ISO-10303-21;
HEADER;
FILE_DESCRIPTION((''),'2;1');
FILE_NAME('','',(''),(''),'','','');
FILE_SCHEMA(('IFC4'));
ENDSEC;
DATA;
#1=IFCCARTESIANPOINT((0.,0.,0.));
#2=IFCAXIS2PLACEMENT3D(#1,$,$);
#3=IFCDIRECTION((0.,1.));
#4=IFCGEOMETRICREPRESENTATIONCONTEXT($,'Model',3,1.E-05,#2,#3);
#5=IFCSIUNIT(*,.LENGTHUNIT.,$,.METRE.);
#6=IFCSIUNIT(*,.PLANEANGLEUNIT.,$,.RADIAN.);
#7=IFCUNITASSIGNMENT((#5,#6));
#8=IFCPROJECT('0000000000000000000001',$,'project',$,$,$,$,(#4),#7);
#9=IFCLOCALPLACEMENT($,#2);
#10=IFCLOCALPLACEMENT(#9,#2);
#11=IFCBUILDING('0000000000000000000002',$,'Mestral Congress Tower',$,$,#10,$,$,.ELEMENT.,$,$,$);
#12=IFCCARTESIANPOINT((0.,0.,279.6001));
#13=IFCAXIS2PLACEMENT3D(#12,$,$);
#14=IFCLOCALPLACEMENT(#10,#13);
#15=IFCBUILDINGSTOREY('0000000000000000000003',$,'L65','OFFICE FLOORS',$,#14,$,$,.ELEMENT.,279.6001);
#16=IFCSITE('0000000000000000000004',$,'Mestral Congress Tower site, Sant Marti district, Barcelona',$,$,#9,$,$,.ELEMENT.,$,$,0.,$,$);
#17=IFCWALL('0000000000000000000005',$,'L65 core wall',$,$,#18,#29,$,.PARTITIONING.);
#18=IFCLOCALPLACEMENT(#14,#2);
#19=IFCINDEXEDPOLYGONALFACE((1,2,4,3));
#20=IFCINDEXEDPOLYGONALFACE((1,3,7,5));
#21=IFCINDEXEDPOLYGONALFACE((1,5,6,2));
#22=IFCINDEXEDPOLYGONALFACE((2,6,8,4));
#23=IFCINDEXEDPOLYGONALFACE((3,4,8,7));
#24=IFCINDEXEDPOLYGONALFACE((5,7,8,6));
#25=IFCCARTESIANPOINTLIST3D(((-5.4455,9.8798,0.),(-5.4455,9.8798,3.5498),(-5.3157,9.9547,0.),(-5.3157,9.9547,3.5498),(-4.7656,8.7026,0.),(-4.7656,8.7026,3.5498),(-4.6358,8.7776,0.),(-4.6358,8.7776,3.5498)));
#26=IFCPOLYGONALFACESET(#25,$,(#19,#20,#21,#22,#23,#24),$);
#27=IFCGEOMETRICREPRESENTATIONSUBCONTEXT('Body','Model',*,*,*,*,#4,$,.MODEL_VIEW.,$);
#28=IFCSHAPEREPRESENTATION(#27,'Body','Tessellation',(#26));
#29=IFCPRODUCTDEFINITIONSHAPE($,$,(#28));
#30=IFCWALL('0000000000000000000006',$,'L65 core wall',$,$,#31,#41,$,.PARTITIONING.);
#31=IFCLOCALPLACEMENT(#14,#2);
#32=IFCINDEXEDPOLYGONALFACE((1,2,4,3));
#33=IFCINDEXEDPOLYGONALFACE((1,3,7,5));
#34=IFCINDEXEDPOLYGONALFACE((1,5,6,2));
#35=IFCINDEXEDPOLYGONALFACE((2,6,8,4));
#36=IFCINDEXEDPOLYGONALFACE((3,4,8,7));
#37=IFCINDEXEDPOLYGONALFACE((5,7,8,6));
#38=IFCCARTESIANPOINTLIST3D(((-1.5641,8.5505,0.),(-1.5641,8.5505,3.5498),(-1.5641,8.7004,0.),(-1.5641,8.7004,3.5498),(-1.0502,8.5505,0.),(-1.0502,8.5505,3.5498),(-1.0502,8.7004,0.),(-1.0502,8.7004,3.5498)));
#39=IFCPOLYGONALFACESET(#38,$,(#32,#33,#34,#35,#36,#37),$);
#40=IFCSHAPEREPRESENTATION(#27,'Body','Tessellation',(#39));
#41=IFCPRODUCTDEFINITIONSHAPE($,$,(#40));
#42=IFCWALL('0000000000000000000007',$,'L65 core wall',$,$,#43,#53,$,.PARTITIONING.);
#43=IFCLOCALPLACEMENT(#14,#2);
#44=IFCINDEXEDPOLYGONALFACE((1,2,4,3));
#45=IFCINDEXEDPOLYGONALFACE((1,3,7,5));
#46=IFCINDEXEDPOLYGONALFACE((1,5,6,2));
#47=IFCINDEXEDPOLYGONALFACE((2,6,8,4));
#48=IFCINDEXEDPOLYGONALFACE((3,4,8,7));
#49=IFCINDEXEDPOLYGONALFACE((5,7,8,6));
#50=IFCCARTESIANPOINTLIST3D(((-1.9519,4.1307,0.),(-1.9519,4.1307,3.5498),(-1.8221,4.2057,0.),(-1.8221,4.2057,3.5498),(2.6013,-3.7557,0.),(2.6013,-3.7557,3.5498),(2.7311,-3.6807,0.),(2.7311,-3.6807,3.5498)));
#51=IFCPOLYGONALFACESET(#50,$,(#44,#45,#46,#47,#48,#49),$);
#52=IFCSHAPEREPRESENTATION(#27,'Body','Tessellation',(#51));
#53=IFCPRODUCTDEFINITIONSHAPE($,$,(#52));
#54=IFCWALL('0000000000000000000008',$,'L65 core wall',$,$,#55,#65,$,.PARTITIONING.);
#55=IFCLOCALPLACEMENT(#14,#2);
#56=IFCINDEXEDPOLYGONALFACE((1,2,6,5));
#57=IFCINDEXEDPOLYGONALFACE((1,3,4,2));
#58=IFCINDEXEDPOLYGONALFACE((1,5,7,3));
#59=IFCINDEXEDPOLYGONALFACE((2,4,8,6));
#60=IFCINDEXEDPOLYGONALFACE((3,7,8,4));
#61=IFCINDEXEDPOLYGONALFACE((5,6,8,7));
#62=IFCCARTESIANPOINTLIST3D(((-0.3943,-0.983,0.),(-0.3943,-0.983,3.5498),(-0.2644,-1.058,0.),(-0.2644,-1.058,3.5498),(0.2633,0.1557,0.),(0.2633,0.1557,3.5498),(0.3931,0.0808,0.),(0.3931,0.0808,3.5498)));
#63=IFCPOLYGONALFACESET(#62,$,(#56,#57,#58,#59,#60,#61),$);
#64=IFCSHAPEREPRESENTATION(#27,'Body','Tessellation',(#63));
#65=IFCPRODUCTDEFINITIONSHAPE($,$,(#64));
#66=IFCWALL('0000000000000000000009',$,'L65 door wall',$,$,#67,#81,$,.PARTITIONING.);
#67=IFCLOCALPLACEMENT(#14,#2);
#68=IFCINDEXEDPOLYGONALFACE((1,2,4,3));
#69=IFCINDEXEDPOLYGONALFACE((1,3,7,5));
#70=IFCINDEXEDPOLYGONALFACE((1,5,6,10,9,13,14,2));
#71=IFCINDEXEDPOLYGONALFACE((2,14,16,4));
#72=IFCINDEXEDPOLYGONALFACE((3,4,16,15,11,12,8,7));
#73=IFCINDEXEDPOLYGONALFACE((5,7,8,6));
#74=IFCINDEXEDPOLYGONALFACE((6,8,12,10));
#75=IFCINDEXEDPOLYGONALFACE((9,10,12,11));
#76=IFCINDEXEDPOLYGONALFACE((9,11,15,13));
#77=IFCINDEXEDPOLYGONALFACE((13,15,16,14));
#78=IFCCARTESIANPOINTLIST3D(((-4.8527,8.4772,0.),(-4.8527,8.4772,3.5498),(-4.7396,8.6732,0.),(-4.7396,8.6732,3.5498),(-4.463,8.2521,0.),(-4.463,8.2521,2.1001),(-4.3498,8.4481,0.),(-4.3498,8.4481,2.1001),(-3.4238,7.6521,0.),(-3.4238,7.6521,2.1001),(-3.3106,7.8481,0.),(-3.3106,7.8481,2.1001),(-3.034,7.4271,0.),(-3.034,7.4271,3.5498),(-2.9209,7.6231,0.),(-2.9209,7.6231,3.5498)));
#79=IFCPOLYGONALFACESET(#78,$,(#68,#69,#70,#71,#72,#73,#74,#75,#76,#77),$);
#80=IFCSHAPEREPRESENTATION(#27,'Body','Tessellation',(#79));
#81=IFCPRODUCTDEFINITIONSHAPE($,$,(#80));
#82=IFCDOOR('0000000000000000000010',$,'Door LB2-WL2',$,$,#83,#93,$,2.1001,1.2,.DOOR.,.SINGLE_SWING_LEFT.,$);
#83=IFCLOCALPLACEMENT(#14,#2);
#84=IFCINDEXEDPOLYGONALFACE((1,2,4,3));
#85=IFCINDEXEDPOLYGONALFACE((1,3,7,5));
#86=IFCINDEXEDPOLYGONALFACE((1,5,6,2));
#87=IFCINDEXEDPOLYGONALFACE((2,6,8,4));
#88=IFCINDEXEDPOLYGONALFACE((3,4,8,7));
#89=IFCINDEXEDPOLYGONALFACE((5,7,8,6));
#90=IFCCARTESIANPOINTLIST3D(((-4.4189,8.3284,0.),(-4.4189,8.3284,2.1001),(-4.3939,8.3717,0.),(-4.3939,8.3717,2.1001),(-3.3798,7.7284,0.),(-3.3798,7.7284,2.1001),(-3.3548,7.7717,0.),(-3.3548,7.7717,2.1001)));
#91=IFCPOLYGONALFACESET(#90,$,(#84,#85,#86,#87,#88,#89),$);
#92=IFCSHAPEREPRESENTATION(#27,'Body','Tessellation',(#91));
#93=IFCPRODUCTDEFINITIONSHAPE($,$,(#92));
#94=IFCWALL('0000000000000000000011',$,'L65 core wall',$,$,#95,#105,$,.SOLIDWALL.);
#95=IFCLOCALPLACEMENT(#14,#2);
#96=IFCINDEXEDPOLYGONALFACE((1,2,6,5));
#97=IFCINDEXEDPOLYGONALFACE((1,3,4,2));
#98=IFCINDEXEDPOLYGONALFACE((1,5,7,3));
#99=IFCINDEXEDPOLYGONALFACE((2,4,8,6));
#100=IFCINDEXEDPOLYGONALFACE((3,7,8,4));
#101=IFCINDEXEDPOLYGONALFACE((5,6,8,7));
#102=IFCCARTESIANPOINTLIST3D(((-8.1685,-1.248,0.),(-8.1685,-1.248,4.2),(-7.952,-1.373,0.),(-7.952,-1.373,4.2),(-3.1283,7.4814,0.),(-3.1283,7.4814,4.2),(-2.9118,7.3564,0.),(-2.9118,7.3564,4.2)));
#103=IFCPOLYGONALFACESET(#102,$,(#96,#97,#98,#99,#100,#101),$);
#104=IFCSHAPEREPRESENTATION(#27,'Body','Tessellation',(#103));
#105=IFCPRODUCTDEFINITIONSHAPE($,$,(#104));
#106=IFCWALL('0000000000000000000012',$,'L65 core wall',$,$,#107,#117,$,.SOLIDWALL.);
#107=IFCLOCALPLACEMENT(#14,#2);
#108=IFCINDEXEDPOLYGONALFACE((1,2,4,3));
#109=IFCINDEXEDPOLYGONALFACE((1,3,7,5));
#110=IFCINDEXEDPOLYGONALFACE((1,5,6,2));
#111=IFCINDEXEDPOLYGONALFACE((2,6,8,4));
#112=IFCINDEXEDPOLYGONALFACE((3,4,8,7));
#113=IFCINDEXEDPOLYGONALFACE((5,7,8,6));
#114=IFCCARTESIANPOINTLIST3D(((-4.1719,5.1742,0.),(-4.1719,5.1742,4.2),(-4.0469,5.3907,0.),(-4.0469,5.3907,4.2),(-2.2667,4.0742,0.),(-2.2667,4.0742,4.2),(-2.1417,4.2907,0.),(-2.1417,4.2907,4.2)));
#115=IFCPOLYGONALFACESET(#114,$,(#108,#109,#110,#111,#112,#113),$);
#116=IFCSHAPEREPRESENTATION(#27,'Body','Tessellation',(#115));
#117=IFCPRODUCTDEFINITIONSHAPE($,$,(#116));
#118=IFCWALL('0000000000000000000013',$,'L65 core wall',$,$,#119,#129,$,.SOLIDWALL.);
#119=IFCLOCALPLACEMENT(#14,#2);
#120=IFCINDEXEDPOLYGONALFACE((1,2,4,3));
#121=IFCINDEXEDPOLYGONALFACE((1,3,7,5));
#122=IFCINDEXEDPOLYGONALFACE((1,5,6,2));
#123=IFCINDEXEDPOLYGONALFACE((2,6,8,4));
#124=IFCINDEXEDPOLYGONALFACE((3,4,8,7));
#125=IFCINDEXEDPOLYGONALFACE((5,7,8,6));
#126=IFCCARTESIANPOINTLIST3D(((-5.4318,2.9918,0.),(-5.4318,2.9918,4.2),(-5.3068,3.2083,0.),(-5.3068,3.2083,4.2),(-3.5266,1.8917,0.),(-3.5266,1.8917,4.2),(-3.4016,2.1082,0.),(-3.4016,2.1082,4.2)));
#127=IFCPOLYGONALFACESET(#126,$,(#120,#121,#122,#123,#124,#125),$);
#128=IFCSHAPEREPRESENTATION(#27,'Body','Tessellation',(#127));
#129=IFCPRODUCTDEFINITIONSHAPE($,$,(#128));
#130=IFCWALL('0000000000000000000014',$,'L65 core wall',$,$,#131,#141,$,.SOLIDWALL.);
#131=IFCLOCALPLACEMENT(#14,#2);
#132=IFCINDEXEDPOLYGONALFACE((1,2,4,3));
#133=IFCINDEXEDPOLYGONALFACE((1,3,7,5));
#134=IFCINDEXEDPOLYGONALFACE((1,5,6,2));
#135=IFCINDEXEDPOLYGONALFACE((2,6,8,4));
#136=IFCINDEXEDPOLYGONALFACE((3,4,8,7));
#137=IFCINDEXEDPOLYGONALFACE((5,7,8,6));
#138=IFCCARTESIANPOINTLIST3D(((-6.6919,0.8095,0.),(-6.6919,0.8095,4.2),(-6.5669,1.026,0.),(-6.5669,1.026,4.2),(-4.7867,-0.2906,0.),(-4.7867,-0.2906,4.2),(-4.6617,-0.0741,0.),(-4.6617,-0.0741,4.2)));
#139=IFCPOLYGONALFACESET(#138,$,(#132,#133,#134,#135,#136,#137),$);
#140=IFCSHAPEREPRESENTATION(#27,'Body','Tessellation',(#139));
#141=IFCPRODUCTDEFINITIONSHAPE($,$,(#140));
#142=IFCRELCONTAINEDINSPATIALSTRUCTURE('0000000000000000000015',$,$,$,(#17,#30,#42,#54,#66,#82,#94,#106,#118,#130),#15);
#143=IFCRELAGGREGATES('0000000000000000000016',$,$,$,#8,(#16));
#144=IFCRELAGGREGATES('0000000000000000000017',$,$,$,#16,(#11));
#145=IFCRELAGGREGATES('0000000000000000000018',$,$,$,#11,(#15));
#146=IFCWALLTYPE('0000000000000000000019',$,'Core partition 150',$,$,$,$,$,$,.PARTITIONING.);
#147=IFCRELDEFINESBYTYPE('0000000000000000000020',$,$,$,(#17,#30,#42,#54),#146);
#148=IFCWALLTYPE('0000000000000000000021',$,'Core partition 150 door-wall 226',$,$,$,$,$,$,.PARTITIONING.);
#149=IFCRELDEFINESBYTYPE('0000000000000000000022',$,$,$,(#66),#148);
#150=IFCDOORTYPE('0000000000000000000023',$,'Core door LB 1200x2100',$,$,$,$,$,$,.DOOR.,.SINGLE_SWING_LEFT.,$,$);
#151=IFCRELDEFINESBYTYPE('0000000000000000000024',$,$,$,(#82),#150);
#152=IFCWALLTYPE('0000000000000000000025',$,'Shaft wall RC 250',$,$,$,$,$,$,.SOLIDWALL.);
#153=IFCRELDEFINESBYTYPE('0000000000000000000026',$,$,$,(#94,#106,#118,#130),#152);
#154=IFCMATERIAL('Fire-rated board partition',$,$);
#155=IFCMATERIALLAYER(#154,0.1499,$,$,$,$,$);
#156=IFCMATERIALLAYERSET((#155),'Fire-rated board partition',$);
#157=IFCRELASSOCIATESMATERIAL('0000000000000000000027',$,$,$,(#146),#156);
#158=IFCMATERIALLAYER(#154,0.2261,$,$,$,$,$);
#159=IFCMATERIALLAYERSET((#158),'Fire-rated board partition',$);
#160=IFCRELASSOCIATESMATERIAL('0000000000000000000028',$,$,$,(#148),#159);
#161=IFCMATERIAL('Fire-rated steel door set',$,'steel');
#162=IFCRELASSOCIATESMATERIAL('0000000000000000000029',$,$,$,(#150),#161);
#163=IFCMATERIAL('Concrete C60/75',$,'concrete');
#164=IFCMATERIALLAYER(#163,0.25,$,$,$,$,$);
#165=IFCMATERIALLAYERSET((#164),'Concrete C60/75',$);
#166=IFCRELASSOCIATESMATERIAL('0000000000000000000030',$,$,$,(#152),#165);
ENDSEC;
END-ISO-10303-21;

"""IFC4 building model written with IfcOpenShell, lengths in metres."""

from ifc_helpers import new_model, si_unit, direction, frame, frame_2d, origin, place, context, subcontext, project, spatial, rectangle, extrude, material, layer, layer_set, type_object, element, fill, save


model = new_model("IFC4")

# Units and contexts
model_context = context("Model", 3, precision=1e-05, world=origin(), true_north=direction((0.0, 1.0)))
body_context = subcontext(model_context, "Body", "Model", "MODEL_VIEW")
ifc_project = project(units=[si_unit("LENGTHUNIT", "METRE"), si_unit("PLANEANGLEUNIT", "RADIAN")], contexts=[model_context])

# Site, building, storey
site_placement = place(None, origin())
site = spatial("IfcSite", under=ifc_project, at=site_placement, Name="Mestral Congress Tower site, Sant Marti district, Barcelona", CompositionType="ELEMENT", RefElevation=0.0)
building_placement = place(site_placement, origin())
building = spatial("IfcBuilding", under=site, at=building_placement, Name="Mestral Congress Tower", CompositionType="ELEMENT")
storey_placement = place(building_placement, frame((0.0, 0.0, 279.6001)))
storey = spatial("IfcBuildingStorey", under=building, at=storey_placement, Name="L65", Description="OFFICE FLOORS", CompositionType="ELEMENT", Elevation=279.6001)

# Shared definitions
ifc_material_1 = material(Name="Concrete C60/75", Category="concrete")

# Walls
ifc_material_2 = material(Name="Fire-rated board partition")
ifc_layer_1 = layer(ifc_material_2, 0.1499)
ifc_layer_set_1 = layer_set([ifc_layer_1], Name="Fire-rated board partition")
wall_type_1 = type_object("IfcWallType", Name="Core partition 150", PredefinedType="PARTITIONING", material=ifc_layer_set_1)
wall_1_placement = place(storey_placement, frame((-5.3806, 9.9172, 0.0), z_axis=(0.0, 0.0, 1.0), x_axis=(0.500137, -0.865946, 0.0)))
element("IfcWall", 1, at=wall_1_placement, inside=storey, type_object=wall_type_1, Name="L65 core wall", PredefinedType="PARTITIONING", context=body_context, shape_type="SweptSolid", body=[
    extrude(rectangle(XDim=1.3594, YDim=0.1499, at=frame_2d((0.6797, 0.0))), origin(), (0.0, 0.0, 1.0), 3.5498),
])
wall_2_placement = place(storey_placement, frame((-1.564, 8.6255, 0.0), z_axis=(0.0, 0.0, 1.0), x_axis=(1.0, 0.0, 0.0)))
element("IfcWall", 2, at=wall_2_placement, inside=storey, type_object=wall_type_1, Name="L65 core wall", PredefinedType="PARTITIONING", context=body_context, shape_type="SweptSolid", body=[
    extrude(rectangle(XDim=0.5139, YDim=0.1499, at=frame_2d((0.2568, 0.0))), origin(), (0.0, 0.0, 1.0), 3.5498),
])
wall_3_placement = place(storey_placement, frame((-1.887, 4.1682, 0.0), z_axis=(0.0, 0.0, 1.0), x_axis=(0.499997, -0.866027, 0.0)))
element("IfcWall", 3, at=wall_3_placement, inside=storey, type_object=wall_type_1, Name="L65 core wall", PredefinedType="PARTITIONING", context=body_context, shape_type="SweptSolid", body=[
    extrude(rectangle(XDim=9.1064, YDim=0.1499, at=frame_2d((4.5532, 0.0))), origin(), (0.0, 0.0, 1.0), 3.5498),
])
wall_4_placement = place(storey_placement, frame((-0.3293, -1.0205, 0.0), z_axis=(0.0, 0.0, 1.0), x_axis=(0.500033, 0.866006, 0.0)))
element("IfcWall", 4, at=wall_4_placement, inside=storey, type_object=wall_type_1, Name="L65 core wall", PredefinedType="PARTITIONING", context=body_context, shape_type="SweptSolid", body=[
    extrude(rectangle(XDim=1.3149, YDim=0.1499, at=frame_2d((0.6575, 0.0))), origin(), (0.0, 0.0, 1.0), 3.5498),
])

# Wall, opening, door
ifc_layer_2 = layer(ifc_material_2, 0.2261)
ifc_layer_set_2 = layer_set([ifc_layer_2], Name="Fire-rated board partition")
wall_type_2 = type_object("IfcWallType", Name="Core partition 150 door-wall 226", PredefinedType="PARTITIONING", material=ifc_layer_set_2)
wall_5_placement = place(storey_placement, frame((-4.7961, 8.5752, 0.0), z_axis=(0.0, 0.0, 1.0), x_axis=(0.866009, -0.500028, 0.0)))
wall_5 = element("IfcWall", 5, at=wall_5_placement, inside=storey, type_object=wall_type_2, Name="L65 door wall", PredefinedType="PARTITIONING", context=body_context, shape_type="SweptSolid", body=[
    extrude(rectangle(XDim=2.1001, YDim=0.2263, at=frame_2d((1.05, 0.0))), origin(), (0.0, 0.0, 1.0), 3.5498),
])
opening_1_placement = place(wall_5_placement, frame((0.45, 0.0, 0.0)))
opening_1 = element("IfcOpeningElement", 6, at=opening_1_placement, cuts=wall_5, PredefinedType="OPENING", context=body_context, shape_type="SweptSolid", body=[
    extrude(rectangle(XDim=1.2, YDim=2.1001, at=frame_2d((0.6001, 1.05))), frame((0.0, 0.123, 0.0), z_axis=(0.0, -1.0, 0.0), x_axis=(1.0, 0.0, 0.0)), (0.0, 0.0, 1.0), 0.2463),
])
ifc_material_3 = material(Name="Fire-rated steel door set", Category="steel")
door_type_1 = type_object("IfcDoorType", Name="Core door LB 1200x2100", OperationType="SINGLE_SWING_LEFT", PredefinedType="DOOR", material=ifc_material_3)
door_1_placement = place(opening_1_placement, origin())
door_1 = element("IfcDoor", 7, at=door_1_placement, inside=storey, type_object=door_type_1, Name="Door LB2-WL2", OperationType="SINGLE_SWING_LEFT", OverallHeight=2.1001, OverallWidth=1.2, PredefinedType="DOOR", context=body_context, shape_type="SweptSolid", body=[
    extrude(rectangle(XDim=1.2, YDim=2.1001, at=frame_2d((0.6001, 1.05))), frame((0.0, 0.0249, 0.0), z_axis=(0.0, -1.0, 0.0), x_axis=(1.0, 0.0, 0.0)), (0.0, 0.0, 1.0), 0.05),
])
fill(opening_1, door_1)

# Walls
ifc_layer_3 = layer(ifc_material_1, 0.25)
ifc_layer_set_3 = layer_set([ifc_layer_3], Name="Concrete C60/75")
wall_type_3 = type_object("IfcWallType", Name="Shaft wall RC 250", PredefinedType="SOLIDWALL", material=ifc_layer_set_3)
wall_6_placement = place(storey_placement, frame((-3.02, 7.4189, 0.0), z_axis=(0.0, 0.0, 1.0), x_axis=(-0.500023, -0.866012, 0.0)))
element("IfcWall", 8, at=wall_6_placement, inside=storey, type_object=wall_type_3, Name="L65 core wall", PredefinedType="SOLIDWALL", context=body_context, shape_type="SweptSolid", body=[
    extrude(rectangle(XDim=10.0801, YDim=0.25, at=frame_2d((5.04, 0.0))), origin(), (0.0, 0.0, 1.0), 4.2),
])
for number, where, z_axis, x_axis, name in (
    (9, (-2.2041, 4.1824, 0.0), (0.0, 0.0, 1.0), (-0.866008, 0.50003, 0.0), "L65 core wall"),
    (10, (-5.3694, 3.1001, 0.0), (0.0, 0.0, 1.0), (0.866008, -0.50003, 0.0), "L65 core wall"),
    (11, (-4.7241, -0.1824, 0.0), (0.0, 0.0, 1.0), (-0.866008, 0.50003, 0.0), "L65 core wall"),
):
    element("IfcWall", number, at=place(storey_placement, frame(where, z_axis=z_axis, x_axis=x_axis)), inside=storey, type_object=wall_type_3, Name=name, PredefinedType="SOLIDWALL", context=body_context, shape_type="SweptSolid", body=[
        extrude(rectangle(XDim=2.2, YDim=0.25, at=frame_2d((1.1001, 0.0))), origin(), (0.0, 0.0, 1.0), 4.2),
    ])

save(model, "model.ifc")
